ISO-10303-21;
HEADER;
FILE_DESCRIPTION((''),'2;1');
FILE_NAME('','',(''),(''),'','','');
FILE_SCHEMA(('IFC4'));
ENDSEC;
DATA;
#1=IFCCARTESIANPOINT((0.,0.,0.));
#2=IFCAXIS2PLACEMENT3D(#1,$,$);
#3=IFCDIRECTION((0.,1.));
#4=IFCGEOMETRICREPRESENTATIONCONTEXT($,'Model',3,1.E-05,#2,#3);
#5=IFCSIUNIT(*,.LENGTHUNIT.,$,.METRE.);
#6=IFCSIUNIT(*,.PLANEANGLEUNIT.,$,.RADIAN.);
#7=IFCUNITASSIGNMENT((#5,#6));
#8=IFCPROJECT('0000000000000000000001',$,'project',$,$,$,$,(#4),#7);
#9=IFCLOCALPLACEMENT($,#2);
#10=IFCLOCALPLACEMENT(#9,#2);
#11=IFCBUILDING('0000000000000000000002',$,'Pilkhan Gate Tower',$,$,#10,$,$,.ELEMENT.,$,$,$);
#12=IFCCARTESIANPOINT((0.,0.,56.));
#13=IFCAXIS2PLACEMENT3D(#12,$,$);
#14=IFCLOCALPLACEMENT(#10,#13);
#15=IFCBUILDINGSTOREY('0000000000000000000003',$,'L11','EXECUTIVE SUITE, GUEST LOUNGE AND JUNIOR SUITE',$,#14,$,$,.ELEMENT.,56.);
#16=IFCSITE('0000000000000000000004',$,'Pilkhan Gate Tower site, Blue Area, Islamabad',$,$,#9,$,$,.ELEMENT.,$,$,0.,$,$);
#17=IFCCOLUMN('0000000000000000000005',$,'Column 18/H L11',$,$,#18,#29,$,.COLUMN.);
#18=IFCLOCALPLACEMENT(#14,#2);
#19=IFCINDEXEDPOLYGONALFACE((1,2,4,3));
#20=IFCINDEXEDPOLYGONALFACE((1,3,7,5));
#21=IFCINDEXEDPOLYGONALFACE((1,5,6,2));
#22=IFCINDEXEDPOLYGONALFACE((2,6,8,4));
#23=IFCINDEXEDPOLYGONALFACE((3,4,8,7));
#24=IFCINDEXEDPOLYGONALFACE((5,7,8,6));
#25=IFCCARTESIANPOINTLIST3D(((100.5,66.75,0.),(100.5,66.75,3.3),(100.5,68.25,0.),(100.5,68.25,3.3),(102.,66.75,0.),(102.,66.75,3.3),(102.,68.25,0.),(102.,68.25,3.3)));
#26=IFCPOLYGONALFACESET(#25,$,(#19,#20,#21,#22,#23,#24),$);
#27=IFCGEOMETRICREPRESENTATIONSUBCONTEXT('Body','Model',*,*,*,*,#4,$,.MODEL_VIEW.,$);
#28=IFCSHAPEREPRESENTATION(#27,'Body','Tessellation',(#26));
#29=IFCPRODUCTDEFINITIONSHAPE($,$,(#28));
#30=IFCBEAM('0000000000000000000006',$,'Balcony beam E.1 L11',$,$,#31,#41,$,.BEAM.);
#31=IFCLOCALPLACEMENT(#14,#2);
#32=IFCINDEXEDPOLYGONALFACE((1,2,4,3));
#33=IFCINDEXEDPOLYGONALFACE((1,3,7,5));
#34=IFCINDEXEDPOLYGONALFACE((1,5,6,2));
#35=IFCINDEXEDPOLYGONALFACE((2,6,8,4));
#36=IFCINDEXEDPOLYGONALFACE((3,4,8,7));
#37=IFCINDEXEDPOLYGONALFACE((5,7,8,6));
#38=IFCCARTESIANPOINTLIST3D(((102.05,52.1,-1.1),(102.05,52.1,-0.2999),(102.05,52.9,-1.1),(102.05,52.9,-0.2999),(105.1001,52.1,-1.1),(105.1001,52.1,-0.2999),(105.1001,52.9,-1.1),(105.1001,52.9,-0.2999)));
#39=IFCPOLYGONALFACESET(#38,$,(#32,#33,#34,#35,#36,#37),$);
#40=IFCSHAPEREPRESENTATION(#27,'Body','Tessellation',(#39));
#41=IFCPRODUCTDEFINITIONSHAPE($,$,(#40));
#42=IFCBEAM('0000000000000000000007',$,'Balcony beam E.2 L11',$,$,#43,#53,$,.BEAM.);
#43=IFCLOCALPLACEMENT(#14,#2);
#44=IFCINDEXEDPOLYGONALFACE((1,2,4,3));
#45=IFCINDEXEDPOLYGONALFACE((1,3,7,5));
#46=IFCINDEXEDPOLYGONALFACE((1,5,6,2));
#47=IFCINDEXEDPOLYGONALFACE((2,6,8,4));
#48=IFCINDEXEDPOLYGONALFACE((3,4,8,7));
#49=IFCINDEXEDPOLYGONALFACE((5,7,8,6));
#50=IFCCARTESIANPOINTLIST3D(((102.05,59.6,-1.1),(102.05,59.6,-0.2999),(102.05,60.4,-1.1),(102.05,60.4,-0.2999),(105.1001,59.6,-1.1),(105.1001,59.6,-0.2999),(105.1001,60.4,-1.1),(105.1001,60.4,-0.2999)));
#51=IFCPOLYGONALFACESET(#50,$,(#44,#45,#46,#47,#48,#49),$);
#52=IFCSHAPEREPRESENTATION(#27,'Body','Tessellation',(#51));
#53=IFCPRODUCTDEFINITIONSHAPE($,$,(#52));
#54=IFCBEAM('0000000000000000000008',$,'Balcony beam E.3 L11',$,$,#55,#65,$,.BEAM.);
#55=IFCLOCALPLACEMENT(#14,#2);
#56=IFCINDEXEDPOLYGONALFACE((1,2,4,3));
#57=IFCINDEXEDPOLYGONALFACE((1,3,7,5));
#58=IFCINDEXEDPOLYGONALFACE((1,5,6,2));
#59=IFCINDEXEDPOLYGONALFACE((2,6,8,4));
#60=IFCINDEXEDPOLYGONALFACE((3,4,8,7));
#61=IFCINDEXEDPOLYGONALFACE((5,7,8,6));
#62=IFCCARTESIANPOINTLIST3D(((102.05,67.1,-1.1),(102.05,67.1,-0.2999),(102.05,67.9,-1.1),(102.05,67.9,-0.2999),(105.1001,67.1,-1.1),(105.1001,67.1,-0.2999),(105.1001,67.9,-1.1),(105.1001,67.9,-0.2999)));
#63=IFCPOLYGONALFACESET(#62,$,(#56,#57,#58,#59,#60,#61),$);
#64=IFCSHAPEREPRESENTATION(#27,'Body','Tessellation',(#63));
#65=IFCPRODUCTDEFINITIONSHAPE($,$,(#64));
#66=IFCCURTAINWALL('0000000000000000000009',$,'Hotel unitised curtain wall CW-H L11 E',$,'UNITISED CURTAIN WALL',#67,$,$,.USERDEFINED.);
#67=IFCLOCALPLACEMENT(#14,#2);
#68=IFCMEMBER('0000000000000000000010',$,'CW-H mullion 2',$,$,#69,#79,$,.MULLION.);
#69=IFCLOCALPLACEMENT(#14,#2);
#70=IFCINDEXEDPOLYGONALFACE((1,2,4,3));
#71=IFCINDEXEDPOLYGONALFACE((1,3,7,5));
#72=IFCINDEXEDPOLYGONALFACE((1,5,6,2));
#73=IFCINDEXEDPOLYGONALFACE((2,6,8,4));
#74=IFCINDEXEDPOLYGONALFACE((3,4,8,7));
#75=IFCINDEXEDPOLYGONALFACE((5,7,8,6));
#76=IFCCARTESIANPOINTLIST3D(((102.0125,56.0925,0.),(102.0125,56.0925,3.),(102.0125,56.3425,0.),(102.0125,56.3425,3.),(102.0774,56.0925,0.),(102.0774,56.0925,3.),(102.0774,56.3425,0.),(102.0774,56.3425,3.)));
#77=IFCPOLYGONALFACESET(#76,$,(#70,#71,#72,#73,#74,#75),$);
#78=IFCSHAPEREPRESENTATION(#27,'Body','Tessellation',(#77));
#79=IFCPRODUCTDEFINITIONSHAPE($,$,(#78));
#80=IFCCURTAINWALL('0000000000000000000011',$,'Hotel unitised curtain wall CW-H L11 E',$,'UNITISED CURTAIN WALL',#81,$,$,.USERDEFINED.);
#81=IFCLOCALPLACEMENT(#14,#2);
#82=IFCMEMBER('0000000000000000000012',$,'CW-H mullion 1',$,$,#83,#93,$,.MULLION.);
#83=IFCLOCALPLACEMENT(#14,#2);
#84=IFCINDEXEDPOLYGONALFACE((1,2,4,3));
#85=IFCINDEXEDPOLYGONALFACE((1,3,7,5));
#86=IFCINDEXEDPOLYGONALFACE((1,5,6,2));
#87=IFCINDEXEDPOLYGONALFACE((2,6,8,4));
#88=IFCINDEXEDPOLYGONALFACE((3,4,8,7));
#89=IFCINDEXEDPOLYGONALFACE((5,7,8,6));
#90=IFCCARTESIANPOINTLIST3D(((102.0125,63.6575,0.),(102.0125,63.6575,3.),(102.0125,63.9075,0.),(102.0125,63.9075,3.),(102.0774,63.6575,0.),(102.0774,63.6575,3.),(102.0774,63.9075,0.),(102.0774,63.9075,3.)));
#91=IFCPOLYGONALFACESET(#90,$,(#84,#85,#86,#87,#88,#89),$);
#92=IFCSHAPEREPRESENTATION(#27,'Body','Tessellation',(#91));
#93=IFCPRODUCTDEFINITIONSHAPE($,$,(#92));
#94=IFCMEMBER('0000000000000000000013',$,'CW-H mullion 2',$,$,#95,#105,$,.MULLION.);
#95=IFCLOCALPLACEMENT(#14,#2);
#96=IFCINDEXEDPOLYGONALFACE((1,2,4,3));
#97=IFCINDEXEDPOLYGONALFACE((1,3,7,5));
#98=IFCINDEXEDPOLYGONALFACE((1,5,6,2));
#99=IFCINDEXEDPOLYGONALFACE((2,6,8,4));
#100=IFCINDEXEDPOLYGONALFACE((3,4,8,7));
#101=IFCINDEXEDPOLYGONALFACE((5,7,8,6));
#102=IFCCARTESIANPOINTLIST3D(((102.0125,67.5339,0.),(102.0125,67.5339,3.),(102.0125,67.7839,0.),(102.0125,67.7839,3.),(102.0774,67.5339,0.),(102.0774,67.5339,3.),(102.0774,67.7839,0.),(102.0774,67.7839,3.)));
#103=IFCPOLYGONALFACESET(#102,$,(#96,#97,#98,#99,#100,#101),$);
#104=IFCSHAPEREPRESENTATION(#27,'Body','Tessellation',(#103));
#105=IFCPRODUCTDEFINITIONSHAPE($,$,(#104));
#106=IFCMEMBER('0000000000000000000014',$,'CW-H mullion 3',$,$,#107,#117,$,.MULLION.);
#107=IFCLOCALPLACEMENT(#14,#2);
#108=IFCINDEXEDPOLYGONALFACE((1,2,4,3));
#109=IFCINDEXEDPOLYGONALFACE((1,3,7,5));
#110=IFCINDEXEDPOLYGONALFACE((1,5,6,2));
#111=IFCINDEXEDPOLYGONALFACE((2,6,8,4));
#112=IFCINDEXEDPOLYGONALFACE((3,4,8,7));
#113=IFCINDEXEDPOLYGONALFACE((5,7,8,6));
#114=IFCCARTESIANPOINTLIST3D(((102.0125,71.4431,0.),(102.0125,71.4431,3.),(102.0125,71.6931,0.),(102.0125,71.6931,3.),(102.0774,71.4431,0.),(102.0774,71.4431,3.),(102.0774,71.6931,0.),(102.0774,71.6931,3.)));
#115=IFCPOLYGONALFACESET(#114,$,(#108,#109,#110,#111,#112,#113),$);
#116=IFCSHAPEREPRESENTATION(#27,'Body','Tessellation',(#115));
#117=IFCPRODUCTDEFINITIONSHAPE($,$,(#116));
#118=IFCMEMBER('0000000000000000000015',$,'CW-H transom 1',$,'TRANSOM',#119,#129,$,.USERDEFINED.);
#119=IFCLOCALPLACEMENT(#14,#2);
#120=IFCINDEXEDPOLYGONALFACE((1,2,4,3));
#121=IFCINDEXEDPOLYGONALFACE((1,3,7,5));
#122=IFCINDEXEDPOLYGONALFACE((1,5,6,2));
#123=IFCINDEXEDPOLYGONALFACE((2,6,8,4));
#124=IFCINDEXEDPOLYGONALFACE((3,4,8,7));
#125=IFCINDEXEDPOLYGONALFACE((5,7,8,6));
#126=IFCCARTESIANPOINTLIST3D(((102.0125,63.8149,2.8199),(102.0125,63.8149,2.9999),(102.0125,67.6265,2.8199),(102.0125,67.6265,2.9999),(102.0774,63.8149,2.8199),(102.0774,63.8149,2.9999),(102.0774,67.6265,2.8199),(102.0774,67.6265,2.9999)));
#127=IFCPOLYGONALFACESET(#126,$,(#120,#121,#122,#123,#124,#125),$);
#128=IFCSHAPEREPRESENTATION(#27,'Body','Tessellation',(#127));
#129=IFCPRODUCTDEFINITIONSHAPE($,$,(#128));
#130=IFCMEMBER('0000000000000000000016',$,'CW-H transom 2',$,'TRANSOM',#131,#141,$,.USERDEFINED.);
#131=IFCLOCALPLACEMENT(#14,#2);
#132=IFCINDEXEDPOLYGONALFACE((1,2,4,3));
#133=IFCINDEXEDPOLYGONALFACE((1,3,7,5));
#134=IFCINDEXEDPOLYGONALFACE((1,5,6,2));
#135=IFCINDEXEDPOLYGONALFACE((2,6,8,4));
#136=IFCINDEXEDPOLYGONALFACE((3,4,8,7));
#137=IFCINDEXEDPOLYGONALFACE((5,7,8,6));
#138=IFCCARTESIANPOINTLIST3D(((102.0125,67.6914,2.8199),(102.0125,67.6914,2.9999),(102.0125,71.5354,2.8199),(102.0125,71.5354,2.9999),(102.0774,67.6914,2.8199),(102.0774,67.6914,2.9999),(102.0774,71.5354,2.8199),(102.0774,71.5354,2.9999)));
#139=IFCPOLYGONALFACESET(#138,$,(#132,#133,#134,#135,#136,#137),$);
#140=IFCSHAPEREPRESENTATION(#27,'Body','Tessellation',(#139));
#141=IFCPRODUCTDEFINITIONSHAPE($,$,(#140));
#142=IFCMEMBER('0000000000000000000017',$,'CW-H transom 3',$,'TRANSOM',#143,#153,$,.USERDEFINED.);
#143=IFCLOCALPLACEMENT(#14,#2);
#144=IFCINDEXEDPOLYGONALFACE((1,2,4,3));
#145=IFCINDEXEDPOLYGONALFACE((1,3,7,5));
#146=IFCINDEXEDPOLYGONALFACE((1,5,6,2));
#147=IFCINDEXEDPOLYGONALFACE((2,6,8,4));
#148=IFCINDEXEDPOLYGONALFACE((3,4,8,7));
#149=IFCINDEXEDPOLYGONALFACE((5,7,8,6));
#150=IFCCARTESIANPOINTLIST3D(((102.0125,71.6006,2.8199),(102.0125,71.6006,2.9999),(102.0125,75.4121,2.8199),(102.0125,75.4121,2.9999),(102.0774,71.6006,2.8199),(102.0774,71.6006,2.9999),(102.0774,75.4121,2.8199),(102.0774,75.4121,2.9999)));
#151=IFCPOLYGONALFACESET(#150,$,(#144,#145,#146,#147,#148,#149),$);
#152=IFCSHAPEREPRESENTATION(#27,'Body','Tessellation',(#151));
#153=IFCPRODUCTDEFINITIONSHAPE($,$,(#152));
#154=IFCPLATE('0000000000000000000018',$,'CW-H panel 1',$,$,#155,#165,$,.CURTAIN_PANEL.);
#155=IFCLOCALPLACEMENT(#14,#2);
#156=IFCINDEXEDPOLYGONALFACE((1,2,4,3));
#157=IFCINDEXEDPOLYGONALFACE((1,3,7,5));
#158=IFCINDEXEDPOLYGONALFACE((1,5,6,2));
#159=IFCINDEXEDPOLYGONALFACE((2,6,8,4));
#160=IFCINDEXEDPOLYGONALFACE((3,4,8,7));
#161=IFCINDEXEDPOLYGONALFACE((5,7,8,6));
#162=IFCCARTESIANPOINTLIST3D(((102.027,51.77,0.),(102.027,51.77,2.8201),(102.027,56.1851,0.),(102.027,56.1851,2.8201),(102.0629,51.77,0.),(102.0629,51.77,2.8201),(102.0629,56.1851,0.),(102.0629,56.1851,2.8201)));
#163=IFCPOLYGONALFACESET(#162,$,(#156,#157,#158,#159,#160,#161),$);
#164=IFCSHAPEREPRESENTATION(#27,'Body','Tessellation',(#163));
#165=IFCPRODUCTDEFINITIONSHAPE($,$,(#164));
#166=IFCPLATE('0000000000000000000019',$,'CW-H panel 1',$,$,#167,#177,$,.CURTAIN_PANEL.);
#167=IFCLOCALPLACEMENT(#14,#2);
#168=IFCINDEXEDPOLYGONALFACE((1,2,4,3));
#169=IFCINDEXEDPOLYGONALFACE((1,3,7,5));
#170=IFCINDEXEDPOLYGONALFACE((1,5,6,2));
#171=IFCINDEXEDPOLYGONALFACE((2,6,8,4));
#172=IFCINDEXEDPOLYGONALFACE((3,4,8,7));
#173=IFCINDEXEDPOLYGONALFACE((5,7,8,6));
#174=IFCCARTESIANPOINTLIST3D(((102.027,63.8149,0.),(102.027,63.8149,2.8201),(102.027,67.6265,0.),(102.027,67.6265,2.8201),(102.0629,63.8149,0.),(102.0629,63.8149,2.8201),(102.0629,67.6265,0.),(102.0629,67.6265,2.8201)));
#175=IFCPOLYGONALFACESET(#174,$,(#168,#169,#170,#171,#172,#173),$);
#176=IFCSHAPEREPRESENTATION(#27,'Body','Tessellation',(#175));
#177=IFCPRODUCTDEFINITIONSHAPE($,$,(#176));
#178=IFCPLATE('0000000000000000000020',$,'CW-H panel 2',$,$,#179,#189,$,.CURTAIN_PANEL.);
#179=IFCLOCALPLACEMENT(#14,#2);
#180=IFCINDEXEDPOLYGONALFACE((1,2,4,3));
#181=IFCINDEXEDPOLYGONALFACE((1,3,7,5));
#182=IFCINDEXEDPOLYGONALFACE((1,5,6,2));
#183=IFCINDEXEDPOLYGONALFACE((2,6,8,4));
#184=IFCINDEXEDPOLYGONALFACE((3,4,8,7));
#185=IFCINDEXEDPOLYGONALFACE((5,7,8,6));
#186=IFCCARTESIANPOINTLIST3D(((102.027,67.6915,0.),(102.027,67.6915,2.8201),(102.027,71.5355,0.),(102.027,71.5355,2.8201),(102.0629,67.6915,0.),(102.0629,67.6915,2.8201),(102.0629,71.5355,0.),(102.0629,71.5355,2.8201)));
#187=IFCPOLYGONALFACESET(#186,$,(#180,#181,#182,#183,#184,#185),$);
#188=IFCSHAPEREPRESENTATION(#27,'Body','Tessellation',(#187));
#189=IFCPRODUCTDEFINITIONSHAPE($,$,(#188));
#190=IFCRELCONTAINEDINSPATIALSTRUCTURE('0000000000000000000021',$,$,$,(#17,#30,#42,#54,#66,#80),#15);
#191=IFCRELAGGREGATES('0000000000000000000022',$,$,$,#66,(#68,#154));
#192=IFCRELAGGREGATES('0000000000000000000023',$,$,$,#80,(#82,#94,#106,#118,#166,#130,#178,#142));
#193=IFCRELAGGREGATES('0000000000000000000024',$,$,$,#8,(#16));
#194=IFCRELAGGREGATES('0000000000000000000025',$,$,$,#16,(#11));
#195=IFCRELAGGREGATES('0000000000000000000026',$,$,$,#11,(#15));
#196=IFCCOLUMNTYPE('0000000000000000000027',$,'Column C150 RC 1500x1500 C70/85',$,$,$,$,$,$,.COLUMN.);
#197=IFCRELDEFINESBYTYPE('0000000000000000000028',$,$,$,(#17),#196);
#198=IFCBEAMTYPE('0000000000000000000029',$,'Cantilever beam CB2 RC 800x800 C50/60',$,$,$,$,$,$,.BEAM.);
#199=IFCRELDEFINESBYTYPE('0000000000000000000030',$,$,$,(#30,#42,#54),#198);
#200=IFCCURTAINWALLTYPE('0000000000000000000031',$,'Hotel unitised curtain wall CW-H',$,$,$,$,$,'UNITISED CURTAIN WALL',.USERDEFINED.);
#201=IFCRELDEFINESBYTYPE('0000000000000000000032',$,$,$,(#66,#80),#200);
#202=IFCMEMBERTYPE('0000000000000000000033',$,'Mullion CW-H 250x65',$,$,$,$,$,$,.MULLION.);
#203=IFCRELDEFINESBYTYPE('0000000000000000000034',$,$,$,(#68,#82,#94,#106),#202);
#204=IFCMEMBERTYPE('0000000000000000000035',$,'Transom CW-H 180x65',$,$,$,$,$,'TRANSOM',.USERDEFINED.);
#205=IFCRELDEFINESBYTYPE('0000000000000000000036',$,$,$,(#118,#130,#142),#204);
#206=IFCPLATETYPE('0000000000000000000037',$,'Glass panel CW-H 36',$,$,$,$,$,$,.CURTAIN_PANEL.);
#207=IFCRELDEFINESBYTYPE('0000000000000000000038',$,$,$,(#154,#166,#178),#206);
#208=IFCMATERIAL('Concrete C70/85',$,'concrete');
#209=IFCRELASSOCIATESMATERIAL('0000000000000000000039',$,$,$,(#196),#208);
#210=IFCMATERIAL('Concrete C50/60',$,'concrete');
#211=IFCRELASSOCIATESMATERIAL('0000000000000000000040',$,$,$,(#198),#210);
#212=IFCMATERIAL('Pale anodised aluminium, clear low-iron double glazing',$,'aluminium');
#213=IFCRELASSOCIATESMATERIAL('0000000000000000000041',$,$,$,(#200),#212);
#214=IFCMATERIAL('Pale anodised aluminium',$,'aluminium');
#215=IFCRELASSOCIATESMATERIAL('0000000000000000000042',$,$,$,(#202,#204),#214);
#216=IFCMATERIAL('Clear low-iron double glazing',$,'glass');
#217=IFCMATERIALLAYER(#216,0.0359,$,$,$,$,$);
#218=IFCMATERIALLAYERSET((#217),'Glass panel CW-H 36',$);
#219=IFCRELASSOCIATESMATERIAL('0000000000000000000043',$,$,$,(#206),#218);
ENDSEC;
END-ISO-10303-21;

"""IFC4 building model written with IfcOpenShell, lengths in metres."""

from ifc_helpers import new_model, si_unit, direction, frame, origin, origin_2d, place, context, subcontext, project, spatial, rectangle, extrude, material, layer, layer_set, material_profile, profile_set, type_object, element, aggregate, save


model = new_model("IFC4")

# Units and contexts
model_context = context("Model", 3, precision=1e-05, world=origin(), true_north=direction((0.0, 1.0)))
body_context = subcontext(model_context, "Body", "Model", "MODEL_VIEW")
ifc_project = project(units=[si_unit("LENGTHUNIT", "METRE"), si_unit("PLANEANGLEUNIT", "RADIAN")], contexts=[model_context])

# Site, building, storey
site_placement = place(None, origin())
site = spatial("IfcSite", under=ifc_project, at=site_placement, Name="Pilkhan Gate Tower site, Blue Area, Islamabad", CompositionType="ELEMENT", RefElevation=0.0)
building_placement = place(site_placement, origin())
building = spatial("IfcBuilding", under=site, at=building_placement, Name="Pilkhan Gate Tower", CompositionType="ELEMENT")
storey_placement = place(building_placement, frame((0.0, 0.0, 56.0)))
storey = spatial("IfcBuildingStorey", under=building, at=storey_placement, Name="L11", Description="EXECUTIVE SUITE, GUEST LOUNGE AND JUNIOR SUITE", CompositionType="ELEMENT", Elevation=56.0)

# Column
ifc_material_1 = material(Name="Concrete C70/85", Category="concrete")
ifc_material_profile_1 = material_profile(ifc_material_1, rectangle(XDim=1.5, YDim=1.5, at=origin_2d()), Name="RC 1500x1500")
ifc_profile_set_1 = profile_set([ifc_material_profile_1], Name="Concrete C70/85")
column_type = type_object("IfcColumnType", Name="Column C150 RC 1500x1500 C70/85", PredefinedType="COLUMN", material=ifc_profile_set_1)
column_placement = place(storey_placement, frame((101.25, 67.5, 0.0), z_axis=(0.0, 0.0, 1.0), x_axis=(1.0, 0.0, 0.0)))
element("IfcColumn", 1, at=column_placement, inside=storey, type_object=column_type, Name="Column 18/H L11", PredefinedType="COLUMN", context=body_context, shape_type="SweptSolid", body=[
    extrude(rectangle(XDim=1.5, YDim=1.5, at=origin_2d()), origin(), (0.0, 0.0, 1.0), 3.3),
])

# Beams
ifc_material_2 = material(Name="Concrete C50/60", Category="concrete")
ifc_material_profile_2 = material_profile(ifc_material_2, rectangle(XDim=0.8, YDim=0.8, at=origin_2d()), Name="RC 800x800")
ifc_profile_set_2 = profile_set([ifc_material_profile_2], Name="Concrete C50/60")
beam_type = type_object("IfcBeamType", Name="Cantilever beam CB2 RC 800x800 C50/60", PredefinedType="BEAM", material=ifc_profile_set_2)
for number, where, z_axis, x_axis, name in (
    (2, (102.05, 52.5, -0.7), (1.0, 0.0, 0.0), (0.0, 1.0, 0.0), "Balcony beam E.1 L11"),
    (3, (102.05, 60.0, -0.7), (1.0, 0.0, 0.0), (0.0, 1.0, 0.0), "Balcony beam E.2 L11"),
    (4, (102.05, 67.5, -0.7), (1.0, 0.0, 0.0), (0.0, 1.0, 0.0), "Balcony beam E.3 L11"),
):
    element("IfcBeam", number, at=place(storey_placement, frame(where, z_axis=z_axis, x_axis=x_axis)), inside=storey, type_object=beam_type, Name=name, PredefinedType="BEAM", context=body_context, shape_type="SweptSolid", body=[
        extrude(rectangle(XDim=0.8, YDim=0.8, at=origin_2d()), origin(), (0.0, 0.0, 1.0), 3.05),
    ])

# Curtain wall, member
ifc_material_3 = material(Name="Pale anodised aluminium, clear low-iron double glazing", Category="aluminium")
curtain_wall_type = type_object("IfcCurtainWallType", Name="Hotel unitised curtain wall CW-H", ElementType="UNITISED CURTAIN WALL", PredefinedType="USERDEFINED", material=ifc_material_3)
curtain_wall_1_placement = place(storey_placement, origin())
curtain_wall_1 = element("IfcCurtainWall", 5, at=curtain_wall_1_placement, inside=storey, type_object=curtain_wall_type, Name="Hotel unitised curtain wall CW-H L11 E", ObjectType="UNITISED CURTAIN WALL", PredefinedType="USERDEFINED")
ifc_material_4 = material(Name="Pale anodised aluminium", Category="aluminium")
ifc_material_profile_3 = material_profile(ifc_material_4, rectangle(XDim=0.0649, YDim=0.25, at=origin_2d()), Name="Mullion 250x65")
ifc_profile_set_3 = profile_set([ifc_material_profile_3], Name="Pale anodised aluminium")
member_type_1 = type_object("IfcMemberType", Name="Mullion CW-H 250x65", PredefinedType="MULLION", material=ifc_profile_set_3)
member_1_placement = place(storey_placement, frame((102.0449, 56.2175, 0.0), z_axis=(0.0, 0.0, 1.0), x_axis=(-1.0, 0.0, 0.0)))
member_1 = element("IfcMember", 6, at=member_1_placement, type_object=member_type_1, Name="CW-H mullion 2", PredefinedType="MULLION", context=body_context, shape_type="SweptSolid", body=[
    extrude(rectangle(XDim=0.0649, YDim=0.25, at=origin_2d()), origin(), (0.0, 0.0, 1.0), 3.0),
])

# Curtain wall, members
curtain_wall_2_placement = place(storey_placement, origin())
curtain_wall_2 = element("IfcCurtainWall", 7, at=curtain_wall_2_placement, inside=storey, type_object=curtain_wall_type, Name="Hotel unitised curtain wall CW-H L11 E", ObjectType="UNITISED CURTAIN WALL", PredefinedType="USERDEFINED")
member_2_placement = place(storey_placement, frame((102.0449, 63.7825, 0.0), z_axis=(0.0, 0.0, 1.0), x_axis=(-1.0, 0.0, 0.0)))
member_2 = element("IfcMember", 8, at=member_2_placement, type_object=member_type_1, Name="CW-H mullion 1", PredefinedType="MULLION", context=body_context, shape_type="SweptSolid", body=[
    extrude(rectangle(XDim=0.0649, YDim=0.25, at=origin_2d()), origin(), (0.0, 0.0, 1.0), 3.0),
])
member_3_placement = place(storey_placement, frame((102.0449, 67.6589, 0.0), z_axis=(0.0, 0.0, 1.0), x_axis=(-1.0, 0.0, 0.0)))
member_3 = element("IfcMember", 9, at=member_3_placement, type_object=member_type_1, Name="CW-H mullion 2", PredefinedType="MULLION", context=body_context, shape_type="SweptSolid", body=[
    extrude(rectangle(XDim=0.0649, YDim=0.25, at=origin_2d()), origin(), (0.0, 0.0, 1.0), 3.0),
])
member_4_placement = place(storey_placement, frame((102.0449, 71.5681, 0.0), z_axis=(0.0, 0.0, 1.0), x_axis=(-1.0, 0.0, 0.0)))
member_4 = element("IfcMember", 10, at=member_4_placement, type_object=member_type_1, Name="CW-H mullion 3", PredefinedType="MULLION", context=body_context, shape_type="SweptSolid", body=[
    extrude(rectangle(XDim=0.0649, YDim=0.25, at=origin_2d()), origin(), (0.0, 0.0, 1.0), 3.0),
])
ifc_material_profile_4 = material_profile(ifc_material_4, rectangle(XDim=0.0649, YDim=0.1799, at=origin_2d()), Name="Transom 180x65")
ifc_profile_set_4 = profile_set([ifc_material_profile_4], Name="Pale anodised aluminium")
member_type_2 = type_object("IfcMemberType", Name="Transom CW-H 180x65", ElementType="TRANSOM", PredefinedType="USERDEFINED", material=ifc_profile_set_4)
member_5_placement = place(storey_placement, frame((102.0449, 63.8149, 2.9099), z_axis=(0.0, 1.0, 0.0), x_axis=(-1.0, 0.0, 0.0)))
member_5 = element("IfcMember", 11, at=member_5_placement, type_object=member_type_2, Name="CW-H transom 1", ObjectType="TRANSOM", PredefinedType="USERDEFINED", context=body_context, shape_type="SweptSolid", body=[
    extrude(rectangle(XDim=0.0649, YDim=0.1799, at=origin_2d()), origin(), (0.0, 0.0, 1.0), 3.8115),
])
member_6_placement = place(storey_placement, frame((102.0449, 67.6914, 2.9099), z_axis=(0.0, 1.0, 0.0), x_axis=(-1.0, 0.0, 0.0)))
member_6 = element("IfcMember", 12, at=member_6_placement, type_object=member_type_2, Name="CW-H transom 2", ObjectType="TRANSOM", PredefinedType="USERDEFINED", context=body_context, shape_type="SweptSolid", body=[
    extrude(rectangle(XDim=0.0649, YDim=0.1799, at=origin_2d()), origin(), (0.0, 0.0, 1.0), 3.844),
])
member_7_placement = place(storey_placement, frame((102.0449, 71.6006, 2.9099), z_axis=(0.0, 1.0, 0.0), x_axis=(-1.0, 0.0, 0.0)))
member_7 = element("IfcMember", 13, at=member_7_placement, type_object=member_type_2, Name="CW-H transom 3", ObjectType="TRANSOM", PredefinedType="USERDEFINED", context=body_context, shape_type="SweptSolid", body=[
    extrude(rectangle(XDim=0.0649, YDim=0.1799, at=origin_2d()), origin(), (0.0, 0.0, 1.0), 3.8115),
])

# Plates
ifc_material_5 = material(Name="Clear low-iron double glazing", Category="glass")
ifc_layer_1 = layer(ifc_material_5, 0.0359)
ifc_layer_set_1 = layer_set([ifc_layer_1], Name="Glass panel CW-H 36")
plate_type = type_object("IfcPlateType", Name="Glass panel CW-H 36", PredefinedType="CURTAIN_PANEL", material=ifc_layer_set_1)
plate_1_placement = place(storey_placement, frame((102.0449, 53.9775, 0.0), z_axis=(0.0, 0.0, 1.0), x_axis=(0.0, 1.0, 0.0)))
plate_1 = element("IfcPlate", 14, at=plate_1_placement, type_object=plate_type, Name="CW-H panel 1", PredefinedType="CURTAIN_PANEL", context=body_context, shape_type="SweptSolid", body=[
    extrude(rectangle(XDim=4.415, YDim=0.0359, at=origin_2d()), origin(), (0.0, 0.0, 1.0), 2.8201),
])
aggregate(curtain_wall_1, [member_1, plate_1])
plate_2_placement = place(storey_placement, frame((102.0449, 65.7207, 0.0), z_axis=(0.0, 0.0, 1.0), x_axis=(0.0, 1.0, 0.0)))
plate_2 = element("IfcPlate", 15, at=plate_2_placement, type_object=plate_type, Name="CW-H panel 1", PredefinedType="CURTAIN_PANEL", context=body_context, shape_type="SweptSolid", body=[
    extrude(rectangle(XDim=3.8115, YDim=0.0359, at=origin_2d()), origin(), (0.0, 0.0, 1.0), 2.8201),
])
plate_3_placement = place(storey_placement, frame((102.0449, 69.6135, 0.0), z_axis=(0.0, 0.0, 1.0), x_axis=(0.0, 1.0, 0.0)))
plate_3 = element("IfcPlate", 16, at=plate_3_placement, type_object=plate_type, Name="CW-H panel 2", PredefinedType="CURTAIN_PANEL", context=body_context, shape_type="SweptSolid", body=[
    extrude(rectangle(XDim=3.844, YDim=0.0359, at=origin_2d()), origin(), (0.0, 0.0, 1.0), 2.8201),
])
aggregate(curtain_wall_2, [member_2, member_3, member_4, member_5, plate_2, member_6, plate_3, member_7])

save(model, "model.ifc")
